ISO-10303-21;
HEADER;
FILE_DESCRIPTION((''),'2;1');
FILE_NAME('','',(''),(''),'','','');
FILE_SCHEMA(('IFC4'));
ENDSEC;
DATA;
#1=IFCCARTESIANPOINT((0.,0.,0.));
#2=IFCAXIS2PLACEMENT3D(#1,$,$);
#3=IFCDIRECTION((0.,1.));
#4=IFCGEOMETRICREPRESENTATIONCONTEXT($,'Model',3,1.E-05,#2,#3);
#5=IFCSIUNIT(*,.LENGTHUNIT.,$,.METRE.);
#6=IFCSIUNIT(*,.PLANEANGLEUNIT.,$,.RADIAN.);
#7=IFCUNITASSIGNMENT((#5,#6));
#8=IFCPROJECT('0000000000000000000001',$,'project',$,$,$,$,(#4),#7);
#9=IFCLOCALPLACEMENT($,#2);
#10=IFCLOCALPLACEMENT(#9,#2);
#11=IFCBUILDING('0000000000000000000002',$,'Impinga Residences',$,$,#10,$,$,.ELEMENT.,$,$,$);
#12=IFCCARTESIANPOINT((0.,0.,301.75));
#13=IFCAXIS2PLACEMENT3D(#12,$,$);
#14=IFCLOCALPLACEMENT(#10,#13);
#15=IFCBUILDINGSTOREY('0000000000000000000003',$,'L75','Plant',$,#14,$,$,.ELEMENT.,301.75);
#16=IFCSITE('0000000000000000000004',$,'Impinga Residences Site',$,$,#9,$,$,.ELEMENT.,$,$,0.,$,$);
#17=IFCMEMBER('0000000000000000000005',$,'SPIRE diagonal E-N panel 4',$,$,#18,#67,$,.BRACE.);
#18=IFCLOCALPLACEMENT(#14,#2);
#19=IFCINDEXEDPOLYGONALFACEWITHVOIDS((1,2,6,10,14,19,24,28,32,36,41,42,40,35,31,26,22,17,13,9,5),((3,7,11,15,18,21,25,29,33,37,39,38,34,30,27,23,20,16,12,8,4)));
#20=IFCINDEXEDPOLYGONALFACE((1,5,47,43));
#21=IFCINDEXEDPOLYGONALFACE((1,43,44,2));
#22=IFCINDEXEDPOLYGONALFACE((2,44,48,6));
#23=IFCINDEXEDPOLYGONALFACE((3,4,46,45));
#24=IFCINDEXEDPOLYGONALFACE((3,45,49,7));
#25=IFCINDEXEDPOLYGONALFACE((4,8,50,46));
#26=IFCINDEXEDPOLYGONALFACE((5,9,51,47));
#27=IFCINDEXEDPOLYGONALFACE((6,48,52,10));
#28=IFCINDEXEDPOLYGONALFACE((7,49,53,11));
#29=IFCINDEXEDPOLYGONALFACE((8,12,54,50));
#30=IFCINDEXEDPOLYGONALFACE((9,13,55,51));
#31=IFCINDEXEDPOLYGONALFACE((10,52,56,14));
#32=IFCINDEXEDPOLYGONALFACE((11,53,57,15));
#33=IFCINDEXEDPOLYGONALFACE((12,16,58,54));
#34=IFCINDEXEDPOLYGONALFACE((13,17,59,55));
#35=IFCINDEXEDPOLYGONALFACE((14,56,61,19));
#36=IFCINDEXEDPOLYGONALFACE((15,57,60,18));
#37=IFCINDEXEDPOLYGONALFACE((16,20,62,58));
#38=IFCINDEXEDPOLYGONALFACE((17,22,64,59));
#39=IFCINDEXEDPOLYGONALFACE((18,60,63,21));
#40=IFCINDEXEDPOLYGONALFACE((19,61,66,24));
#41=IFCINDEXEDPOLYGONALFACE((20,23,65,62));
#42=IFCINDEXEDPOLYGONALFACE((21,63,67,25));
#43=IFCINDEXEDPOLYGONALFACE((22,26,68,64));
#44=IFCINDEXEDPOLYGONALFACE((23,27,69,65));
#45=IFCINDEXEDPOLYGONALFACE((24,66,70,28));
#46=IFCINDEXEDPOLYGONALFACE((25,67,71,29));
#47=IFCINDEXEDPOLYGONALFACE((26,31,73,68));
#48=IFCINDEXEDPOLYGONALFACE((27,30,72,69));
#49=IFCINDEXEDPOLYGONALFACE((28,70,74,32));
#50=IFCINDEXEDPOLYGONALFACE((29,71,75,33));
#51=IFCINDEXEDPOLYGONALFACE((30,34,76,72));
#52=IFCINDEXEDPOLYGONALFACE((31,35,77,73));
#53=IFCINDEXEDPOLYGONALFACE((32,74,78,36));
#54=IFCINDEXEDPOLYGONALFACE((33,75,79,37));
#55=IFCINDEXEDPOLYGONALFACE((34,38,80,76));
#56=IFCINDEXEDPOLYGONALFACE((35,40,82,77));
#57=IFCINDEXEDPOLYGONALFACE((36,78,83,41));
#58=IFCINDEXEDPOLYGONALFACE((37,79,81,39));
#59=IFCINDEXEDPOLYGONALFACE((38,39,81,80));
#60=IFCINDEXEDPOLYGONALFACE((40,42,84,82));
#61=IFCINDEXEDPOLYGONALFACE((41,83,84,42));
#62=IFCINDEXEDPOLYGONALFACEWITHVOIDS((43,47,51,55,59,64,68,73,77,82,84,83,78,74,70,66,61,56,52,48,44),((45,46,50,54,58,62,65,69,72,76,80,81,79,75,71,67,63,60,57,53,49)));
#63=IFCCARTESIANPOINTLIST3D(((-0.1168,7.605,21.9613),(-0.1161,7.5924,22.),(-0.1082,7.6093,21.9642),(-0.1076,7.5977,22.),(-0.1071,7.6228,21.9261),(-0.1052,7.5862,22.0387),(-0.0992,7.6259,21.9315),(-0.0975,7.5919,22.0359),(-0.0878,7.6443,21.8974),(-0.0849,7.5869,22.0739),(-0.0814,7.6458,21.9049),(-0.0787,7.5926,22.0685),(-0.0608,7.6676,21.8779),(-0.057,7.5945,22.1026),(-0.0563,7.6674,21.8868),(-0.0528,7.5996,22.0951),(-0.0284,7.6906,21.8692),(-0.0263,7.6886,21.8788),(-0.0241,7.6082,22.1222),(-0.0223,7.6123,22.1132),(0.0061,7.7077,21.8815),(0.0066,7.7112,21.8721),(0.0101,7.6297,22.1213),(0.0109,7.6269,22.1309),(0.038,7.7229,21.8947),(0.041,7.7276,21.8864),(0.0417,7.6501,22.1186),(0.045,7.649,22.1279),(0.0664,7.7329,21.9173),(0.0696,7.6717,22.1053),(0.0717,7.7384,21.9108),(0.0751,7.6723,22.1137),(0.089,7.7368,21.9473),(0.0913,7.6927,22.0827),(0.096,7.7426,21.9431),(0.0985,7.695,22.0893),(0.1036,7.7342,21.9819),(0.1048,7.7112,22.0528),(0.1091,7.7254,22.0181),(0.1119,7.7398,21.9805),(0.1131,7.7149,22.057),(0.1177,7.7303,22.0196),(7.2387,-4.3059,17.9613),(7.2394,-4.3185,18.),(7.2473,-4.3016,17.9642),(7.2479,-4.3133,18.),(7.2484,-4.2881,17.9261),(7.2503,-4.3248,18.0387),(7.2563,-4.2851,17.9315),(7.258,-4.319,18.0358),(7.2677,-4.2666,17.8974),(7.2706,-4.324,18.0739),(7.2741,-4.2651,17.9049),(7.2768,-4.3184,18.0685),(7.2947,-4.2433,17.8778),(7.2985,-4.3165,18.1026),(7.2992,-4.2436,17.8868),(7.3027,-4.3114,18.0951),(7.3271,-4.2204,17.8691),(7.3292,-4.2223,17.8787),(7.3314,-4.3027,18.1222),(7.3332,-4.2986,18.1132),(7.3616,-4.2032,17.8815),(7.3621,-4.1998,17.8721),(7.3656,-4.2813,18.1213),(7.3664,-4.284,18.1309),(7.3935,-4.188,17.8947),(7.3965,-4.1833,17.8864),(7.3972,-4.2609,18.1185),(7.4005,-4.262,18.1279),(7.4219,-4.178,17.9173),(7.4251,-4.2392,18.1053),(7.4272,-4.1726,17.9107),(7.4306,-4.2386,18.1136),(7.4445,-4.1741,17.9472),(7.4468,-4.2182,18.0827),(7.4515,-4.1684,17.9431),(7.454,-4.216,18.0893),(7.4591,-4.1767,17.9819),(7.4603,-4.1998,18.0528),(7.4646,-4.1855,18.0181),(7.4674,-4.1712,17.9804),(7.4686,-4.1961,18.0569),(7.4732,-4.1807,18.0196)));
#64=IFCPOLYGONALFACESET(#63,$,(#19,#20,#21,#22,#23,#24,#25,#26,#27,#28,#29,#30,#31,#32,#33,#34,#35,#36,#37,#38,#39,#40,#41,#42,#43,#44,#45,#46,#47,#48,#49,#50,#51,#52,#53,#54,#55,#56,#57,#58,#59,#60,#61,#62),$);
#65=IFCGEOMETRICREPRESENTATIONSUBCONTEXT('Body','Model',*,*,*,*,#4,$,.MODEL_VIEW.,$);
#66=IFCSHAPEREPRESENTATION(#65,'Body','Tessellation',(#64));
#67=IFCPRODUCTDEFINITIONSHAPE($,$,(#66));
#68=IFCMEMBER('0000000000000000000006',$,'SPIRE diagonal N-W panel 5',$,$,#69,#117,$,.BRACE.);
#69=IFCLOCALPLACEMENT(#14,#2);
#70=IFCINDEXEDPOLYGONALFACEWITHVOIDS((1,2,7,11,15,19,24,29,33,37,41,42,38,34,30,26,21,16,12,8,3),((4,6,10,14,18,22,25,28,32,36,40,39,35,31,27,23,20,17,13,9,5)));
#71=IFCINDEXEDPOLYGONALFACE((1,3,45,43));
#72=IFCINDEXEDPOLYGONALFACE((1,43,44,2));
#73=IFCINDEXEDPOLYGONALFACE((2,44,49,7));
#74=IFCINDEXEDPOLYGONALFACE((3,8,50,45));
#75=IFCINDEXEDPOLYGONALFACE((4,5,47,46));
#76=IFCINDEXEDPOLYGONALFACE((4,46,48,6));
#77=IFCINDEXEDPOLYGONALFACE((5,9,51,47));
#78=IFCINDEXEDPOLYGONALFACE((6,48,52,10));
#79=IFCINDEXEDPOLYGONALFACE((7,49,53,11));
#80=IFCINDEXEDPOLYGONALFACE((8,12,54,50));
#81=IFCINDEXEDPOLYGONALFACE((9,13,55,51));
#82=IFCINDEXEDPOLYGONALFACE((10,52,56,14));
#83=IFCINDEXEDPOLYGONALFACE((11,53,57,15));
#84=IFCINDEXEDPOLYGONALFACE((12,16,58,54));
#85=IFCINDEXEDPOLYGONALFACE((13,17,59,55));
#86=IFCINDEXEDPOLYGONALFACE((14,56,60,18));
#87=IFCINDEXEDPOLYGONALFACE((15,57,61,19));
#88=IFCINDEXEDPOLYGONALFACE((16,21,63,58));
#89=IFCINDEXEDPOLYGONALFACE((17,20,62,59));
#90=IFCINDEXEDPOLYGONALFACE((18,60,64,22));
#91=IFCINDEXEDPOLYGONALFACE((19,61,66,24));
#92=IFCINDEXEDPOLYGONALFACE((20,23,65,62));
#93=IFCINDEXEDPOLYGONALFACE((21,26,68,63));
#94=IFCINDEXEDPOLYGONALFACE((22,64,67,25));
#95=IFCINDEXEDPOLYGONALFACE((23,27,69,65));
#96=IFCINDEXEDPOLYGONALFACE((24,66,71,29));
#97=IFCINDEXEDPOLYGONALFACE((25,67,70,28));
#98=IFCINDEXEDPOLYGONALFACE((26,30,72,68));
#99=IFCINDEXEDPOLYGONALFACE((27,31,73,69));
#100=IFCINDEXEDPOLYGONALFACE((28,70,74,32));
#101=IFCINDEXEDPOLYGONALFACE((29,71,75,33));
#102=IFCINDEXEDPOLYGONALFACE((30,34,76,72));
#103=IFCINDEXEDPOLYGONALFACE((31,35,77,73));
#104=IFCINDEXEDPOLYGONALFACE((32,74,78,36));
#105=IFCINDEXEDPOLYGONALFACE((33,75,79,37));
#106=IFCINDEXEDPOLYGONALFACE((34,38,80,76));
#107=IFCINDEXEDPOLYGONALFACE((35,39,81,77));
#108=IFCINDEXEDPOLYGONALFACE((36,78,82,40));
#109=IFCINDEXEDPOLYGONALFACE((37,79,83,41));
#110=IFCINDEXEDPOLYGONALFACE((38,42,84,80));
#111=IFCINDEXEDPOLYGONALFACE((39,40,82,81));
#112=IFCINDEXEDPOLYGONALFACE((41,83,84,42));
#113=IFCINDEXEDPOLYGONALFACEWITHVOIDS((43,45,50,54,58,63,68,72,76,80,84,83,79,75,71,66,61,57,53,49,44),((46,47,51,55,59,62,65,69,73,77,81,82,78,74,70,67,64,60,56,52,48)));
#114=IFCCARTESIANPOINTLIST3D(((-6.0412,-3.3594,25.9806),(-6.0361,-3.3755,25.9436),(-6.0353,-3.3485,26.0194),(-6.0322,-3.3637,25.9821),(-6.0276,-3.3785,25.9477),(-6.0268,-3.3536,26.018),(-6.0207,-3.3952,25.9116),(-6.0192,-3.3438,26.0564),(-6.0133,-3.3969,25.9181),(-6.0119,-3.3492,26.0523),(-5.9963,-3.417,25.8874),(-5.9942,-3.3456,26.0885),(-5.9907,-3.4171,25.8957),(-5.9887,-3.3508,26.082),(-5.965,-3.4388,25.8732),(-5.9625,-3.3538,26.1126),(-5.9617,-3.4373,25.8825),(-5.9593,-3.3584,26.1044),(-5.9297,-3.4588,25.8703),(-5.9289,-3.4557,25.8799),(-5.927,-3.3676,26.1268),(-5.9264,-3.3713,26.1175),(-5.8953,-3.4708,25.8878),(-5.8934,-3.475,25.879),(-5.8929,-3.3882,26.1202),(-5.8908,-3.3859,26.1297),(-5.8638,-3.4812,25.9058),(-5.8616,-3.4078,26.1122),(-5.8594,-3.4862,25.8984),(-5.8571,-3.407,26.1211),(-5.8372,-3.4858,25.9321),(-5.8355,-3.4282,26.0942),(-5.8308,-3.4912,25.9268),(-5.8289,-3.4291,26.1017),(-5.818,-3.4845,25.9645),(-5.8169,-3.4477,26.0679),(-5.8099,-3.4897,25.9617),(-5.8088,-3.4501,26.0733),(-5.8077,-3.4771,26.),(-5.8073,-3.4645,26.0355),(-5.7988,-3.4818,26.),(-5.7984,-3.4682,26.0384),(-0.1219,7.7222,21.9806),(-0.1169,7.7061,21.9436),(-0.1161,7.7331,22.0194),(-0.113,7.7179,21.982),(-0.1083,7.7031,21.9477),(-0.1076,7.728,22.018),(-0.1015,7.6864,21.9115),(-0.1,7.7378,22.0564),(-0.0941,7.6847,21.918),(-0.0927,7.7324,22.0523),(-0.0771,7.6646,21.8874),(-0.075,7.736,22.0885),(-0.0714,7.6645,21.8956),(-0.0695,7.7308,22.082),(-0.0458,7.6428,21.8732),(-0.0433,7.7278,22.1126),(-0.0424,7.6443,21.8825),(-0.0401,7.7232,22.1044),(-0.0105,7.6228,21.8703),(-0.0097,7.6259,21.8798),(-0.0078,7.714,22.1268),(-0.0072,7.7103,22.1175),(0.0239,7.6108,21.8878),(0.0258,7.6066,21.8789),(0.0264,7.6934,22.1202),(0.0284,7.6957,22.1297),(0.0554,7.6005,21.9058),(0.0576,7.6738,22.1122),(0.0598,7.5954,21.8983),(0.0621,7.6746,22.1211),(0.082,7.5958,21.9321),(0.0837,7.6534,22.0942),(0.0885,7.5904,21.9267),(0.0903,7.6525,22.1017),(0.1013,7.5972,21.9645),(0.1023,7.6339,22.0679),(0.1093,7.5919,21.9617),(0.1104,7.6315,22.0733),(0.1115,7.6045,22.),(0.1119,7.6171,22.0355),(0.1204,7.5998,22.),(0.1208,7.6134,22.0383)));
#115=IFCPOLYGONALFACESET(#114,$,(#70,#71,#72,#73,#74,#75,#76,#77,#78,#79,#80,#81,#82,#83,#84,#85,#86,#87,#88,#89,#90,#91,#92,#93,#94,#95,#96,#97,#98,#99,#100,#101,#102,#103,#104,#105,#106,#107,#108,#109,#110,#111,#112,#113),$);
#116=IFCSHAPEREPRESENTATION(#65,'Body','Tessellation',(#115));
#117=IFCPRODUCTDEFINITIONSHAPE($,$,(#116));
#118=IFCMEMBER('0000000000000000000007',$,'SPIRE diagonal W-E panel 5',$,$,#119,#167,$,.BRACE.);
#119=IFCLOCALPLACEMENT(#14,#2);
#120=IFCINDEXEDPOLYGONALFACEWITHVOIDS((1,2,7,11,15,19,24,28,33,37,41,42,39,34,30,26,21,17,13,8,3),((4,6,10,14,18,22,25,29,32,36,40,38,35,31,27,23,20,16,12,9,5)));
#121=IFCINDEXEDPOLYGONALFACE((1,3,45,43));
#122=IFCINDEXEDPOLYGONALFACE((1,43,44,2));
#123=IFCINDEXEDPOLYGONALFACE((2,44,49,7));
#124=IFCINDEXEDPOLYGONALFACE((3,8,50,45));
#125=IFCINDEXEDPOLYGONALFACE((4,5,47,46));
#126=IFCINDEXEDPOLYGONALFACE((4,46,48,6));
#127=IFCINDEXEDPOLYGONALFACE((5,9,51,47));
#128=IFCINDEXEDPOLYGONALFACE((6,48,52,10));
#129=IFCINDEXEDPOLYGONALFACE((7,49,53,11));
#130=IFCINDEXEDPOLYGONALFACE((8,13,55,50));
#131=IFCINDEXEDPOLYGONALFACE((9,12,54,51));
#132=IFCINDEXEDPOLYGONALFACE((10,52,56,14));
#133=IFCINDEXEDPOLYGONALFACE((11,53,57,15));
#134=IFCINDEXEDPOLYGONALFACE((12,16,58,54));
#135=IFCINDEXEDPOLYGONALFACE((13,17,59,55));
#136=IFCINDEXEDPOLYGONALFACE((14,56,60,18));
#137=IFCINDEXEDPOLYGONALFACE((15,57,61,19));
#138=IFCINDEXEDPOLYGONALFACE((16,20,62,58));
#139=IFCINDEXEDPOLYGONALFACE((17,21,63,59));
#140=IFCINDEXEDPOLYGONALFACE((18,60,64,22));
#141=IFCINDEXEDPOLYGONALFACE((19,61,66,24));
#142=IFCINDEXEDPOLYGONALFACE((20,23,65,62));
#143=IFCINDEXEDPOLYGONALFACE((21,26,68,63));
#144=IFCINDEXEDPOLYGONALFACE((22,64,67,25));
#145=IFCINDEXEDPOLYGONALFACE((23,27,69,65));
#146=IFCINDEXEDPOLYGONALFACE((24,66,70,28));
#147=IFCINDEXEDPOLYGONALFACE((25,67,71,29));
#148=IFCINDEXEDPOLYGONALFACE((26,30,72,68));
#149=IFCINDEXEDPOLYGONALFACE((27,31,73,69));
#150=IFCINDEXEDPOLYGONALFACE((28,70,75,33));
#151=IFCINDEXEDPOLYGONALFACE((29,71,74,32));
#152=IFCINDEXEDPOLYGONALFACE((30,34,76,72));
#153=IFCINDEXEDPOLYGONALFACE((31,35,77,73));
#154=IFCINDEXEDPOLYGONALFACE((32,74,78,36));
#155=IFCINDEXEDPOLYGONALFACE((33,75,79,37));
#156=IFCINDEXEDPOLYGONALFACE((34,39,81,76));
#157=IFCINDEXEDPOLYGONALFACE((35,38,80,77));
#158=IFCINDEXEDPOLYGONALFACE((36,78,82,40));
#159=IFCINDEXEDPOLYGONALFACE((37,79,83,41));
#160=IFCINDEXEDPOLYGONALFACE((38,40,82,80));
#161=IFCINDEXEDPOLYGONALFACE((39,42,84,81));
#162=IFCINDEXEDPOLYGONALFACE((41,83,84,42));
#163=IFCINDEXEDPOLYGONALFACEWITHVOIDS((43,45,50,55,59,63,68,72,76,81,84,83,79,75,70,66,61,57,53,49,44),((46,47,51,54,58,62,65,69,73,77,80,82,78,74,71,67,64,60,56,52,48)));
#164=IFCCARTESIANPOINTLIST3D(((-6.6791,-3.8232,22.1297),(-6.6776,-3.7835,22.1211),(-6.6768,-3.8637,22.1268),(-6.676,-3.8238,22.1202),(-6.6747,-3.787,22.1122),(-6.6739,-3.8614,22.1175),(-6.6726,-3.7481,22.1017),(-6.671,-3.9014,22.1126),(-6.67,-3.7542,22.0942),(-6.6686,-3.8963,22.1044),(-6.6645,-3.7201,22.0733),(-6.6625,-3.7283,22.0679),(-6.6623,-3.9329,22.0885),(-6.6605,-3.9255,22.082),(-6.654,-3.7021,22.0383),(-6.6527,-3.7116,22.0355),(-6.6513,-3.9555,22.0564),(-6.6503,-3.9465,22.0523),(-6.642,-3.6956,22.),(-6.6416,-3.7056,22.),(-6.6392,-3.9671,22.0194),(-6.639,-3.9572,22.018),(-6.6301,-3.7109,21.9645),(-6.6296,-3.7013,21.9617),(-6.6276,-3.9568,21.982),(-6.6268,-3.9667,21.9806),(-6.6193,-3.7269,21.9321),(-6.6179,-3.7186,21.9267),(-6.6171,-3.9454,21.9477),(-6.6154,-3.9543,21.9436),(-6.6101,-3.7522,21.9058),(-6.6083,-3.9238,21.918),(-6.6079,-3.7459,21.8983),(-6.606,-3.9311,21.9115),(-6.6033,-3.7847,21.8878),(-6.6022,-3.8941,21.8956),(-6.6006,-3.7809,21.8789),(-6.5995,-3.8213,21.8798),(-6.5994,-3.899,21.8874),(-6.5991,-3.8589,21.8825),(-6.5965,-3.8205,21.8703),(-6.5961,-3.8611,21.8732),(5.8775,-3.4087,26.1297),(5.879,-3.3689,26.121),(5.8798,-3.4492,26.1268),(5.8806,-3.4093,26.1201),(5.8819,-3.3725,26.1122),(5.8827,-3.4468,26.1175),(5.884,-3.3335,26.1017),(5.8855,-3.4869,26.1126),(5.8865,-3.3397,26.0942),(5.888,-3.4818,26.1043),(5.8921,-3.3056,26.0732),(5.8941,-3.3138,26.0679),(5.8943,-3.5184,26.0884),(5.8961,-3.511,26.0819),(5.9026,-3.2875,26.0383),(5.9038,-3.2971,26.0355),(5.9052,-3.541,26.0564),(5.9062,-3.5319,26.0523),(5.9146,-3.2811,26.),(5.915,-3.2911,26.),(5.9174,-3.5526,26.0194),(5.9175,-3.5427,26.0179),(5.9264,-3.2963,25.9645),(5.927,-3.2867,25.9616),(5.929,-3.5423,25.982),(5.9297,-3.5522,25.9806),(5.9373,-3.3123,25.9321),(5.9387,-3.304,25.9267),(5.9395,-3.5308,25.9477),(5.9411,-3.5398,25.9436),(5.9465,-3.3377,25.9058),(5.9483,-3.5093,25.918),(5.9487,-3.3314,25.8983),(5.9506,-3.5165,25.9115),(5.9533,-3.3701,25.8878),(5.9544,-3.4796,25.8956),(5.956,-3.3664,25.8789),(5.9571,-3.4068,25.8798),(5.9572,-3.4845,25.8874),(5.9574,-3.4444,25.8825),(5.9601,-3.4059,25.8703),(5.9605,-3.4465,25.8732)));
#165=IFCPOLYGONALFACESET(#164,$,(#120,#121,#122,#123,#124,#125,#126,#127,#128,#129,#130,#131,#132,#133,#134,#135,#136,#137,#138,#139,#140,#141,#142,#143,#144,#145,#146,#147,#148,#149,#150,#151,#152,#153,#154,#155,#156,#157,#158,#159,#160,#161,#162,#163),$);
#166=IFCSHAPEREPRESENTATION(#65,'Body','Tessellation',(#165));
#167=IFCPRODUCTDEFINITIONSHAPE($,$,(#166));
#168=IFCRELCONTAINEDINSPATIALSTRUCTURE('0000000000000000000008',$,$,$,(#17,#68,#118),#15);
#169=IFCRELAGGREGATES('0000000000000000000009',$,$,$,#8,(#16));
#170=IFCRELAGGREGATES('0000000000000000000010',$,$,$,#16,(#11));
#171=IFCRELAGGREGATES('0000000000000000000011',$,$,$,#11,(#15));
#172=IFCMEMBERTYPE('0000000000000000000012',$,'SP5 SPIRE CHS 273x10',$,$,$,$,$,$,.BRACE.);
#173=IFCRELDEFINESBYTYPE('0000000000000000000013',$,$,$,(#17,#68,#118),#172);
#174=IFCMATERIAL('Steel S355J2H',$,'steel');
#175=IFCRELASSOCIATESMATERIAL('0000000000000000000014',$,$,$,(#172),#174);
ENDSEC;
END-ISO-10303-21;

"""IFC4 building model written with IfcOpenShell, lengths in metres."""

from ifc_helpers import new_model, si_unit, direction, frame, origin, origin_2d, place, context, subcontext, project, spatial, hollow_circle, extrude, material, material_profile, profile_set, type_object, element, save


model = new_model("IFC4")

# Units and contexts
model_context = context("Model", 3, precision=1e-05, world=origin(), true_north=direction((0.0, 1.0)))
body_context = subcontext(model_context, "Body", "Model", "MODEL_VIEW")
ifc_project = project(units=[si_unit("LENGTHUNIT", "METRE"), si_unit("PLANEANGLEUNIT", "RADIAN")], contexts=[model_context])

# Site, building, storey
site_placement = place(None, origin())
site = spatial("IfcSite", under=ifc_project, at=site_placement, Name="Impinga Residences Site", CompositionType="ELEMENT", RefElevation=0.0)
building_placement = place(site_placement, origin())
building = spatial("IfcBuilding", under=site, at=building_placement, Name="Impinga Residences", CompositionType="ELEMENT")
storey_placement = place(building_placement, frame((0.0, 0.0, 301.75)))
storey = spatial("IfcBuildingStorey", under=building, at=storey_placement, Name="L75", Description="Plant", CompositionType="ELEMENT", Elevation=301.75)

# Members
ifc_material = material(Name="Steel S355J2H", Category="steel")
ifc_material_profile_1 = material_profile(ifc_material, hollow_circle(Radius=0.1365, WallThickness=0.01, at=origin_2d()), Name="CHS 273x10")
ifc_profile_set_1 = profile_set([ifc_material_profile_1], Name="Steel S355J2H")
member_type_1 = type_object("IfcMemberType", Name="SP5 SPIRE CHS 273x10", PredefinedType="BRACE", material=ifc_profile_set_1)
for number, where, z_axis, x_axis, name in (
    (1, (7.3555, -4.2468, 18.0), (-0.505209, 0.818097, 0.274739), (-0.850838, -0.525428, 0.0), "SPIRE diagonal E-N panel 4"),
):
    element("IfcMember", number, at=place(storey_placement, frame(where, z_axis=z_axis, x_axis=x_axis)), inside=storey, type_object=member_type_1, Name=name, PredefinedType="BRACE", context=body_context, shape_type="SweptSolid", body=[
        extrude(hollow_circle(Radius=0.1365, WallThickness=0.01, at=origin_2d()), origin(), (0.0, 0.0, 1.0), 14.5593),
    ])
for number, where, z_axis, x_axis, name in (
    (2, (0.0, 7.6641, 22.0), (-0.448942, -0.840482, 0.303381), (0.882054, -0.471148, 0.0), "SPIRE diagonal N-W panel 5"),
    (3, (-6.6375, -3.832, 22.0), (0.952351, 0.031441, 0.303378), (-0.032996, 0.999455, 0.0), "SPIRE diagonal W-E panel 5"),
):
    element("IfcMember", number, at=place(storey_placement, frame(where, z_axis=z_axis, x_axis=x_axis)), inside=storey, type_object=member_type_1, Name=name, PredefinedType="BRACE", context=body_context, shape_type="SweptSolid", body=[
        extrude(hollow_circle(Radius=0.1365, WallThickness=0.01, at=origin_2d()), origin(), (0.0, 0.0, 1.0), 13.1848),
    ])

save(model, "model.ifc")
